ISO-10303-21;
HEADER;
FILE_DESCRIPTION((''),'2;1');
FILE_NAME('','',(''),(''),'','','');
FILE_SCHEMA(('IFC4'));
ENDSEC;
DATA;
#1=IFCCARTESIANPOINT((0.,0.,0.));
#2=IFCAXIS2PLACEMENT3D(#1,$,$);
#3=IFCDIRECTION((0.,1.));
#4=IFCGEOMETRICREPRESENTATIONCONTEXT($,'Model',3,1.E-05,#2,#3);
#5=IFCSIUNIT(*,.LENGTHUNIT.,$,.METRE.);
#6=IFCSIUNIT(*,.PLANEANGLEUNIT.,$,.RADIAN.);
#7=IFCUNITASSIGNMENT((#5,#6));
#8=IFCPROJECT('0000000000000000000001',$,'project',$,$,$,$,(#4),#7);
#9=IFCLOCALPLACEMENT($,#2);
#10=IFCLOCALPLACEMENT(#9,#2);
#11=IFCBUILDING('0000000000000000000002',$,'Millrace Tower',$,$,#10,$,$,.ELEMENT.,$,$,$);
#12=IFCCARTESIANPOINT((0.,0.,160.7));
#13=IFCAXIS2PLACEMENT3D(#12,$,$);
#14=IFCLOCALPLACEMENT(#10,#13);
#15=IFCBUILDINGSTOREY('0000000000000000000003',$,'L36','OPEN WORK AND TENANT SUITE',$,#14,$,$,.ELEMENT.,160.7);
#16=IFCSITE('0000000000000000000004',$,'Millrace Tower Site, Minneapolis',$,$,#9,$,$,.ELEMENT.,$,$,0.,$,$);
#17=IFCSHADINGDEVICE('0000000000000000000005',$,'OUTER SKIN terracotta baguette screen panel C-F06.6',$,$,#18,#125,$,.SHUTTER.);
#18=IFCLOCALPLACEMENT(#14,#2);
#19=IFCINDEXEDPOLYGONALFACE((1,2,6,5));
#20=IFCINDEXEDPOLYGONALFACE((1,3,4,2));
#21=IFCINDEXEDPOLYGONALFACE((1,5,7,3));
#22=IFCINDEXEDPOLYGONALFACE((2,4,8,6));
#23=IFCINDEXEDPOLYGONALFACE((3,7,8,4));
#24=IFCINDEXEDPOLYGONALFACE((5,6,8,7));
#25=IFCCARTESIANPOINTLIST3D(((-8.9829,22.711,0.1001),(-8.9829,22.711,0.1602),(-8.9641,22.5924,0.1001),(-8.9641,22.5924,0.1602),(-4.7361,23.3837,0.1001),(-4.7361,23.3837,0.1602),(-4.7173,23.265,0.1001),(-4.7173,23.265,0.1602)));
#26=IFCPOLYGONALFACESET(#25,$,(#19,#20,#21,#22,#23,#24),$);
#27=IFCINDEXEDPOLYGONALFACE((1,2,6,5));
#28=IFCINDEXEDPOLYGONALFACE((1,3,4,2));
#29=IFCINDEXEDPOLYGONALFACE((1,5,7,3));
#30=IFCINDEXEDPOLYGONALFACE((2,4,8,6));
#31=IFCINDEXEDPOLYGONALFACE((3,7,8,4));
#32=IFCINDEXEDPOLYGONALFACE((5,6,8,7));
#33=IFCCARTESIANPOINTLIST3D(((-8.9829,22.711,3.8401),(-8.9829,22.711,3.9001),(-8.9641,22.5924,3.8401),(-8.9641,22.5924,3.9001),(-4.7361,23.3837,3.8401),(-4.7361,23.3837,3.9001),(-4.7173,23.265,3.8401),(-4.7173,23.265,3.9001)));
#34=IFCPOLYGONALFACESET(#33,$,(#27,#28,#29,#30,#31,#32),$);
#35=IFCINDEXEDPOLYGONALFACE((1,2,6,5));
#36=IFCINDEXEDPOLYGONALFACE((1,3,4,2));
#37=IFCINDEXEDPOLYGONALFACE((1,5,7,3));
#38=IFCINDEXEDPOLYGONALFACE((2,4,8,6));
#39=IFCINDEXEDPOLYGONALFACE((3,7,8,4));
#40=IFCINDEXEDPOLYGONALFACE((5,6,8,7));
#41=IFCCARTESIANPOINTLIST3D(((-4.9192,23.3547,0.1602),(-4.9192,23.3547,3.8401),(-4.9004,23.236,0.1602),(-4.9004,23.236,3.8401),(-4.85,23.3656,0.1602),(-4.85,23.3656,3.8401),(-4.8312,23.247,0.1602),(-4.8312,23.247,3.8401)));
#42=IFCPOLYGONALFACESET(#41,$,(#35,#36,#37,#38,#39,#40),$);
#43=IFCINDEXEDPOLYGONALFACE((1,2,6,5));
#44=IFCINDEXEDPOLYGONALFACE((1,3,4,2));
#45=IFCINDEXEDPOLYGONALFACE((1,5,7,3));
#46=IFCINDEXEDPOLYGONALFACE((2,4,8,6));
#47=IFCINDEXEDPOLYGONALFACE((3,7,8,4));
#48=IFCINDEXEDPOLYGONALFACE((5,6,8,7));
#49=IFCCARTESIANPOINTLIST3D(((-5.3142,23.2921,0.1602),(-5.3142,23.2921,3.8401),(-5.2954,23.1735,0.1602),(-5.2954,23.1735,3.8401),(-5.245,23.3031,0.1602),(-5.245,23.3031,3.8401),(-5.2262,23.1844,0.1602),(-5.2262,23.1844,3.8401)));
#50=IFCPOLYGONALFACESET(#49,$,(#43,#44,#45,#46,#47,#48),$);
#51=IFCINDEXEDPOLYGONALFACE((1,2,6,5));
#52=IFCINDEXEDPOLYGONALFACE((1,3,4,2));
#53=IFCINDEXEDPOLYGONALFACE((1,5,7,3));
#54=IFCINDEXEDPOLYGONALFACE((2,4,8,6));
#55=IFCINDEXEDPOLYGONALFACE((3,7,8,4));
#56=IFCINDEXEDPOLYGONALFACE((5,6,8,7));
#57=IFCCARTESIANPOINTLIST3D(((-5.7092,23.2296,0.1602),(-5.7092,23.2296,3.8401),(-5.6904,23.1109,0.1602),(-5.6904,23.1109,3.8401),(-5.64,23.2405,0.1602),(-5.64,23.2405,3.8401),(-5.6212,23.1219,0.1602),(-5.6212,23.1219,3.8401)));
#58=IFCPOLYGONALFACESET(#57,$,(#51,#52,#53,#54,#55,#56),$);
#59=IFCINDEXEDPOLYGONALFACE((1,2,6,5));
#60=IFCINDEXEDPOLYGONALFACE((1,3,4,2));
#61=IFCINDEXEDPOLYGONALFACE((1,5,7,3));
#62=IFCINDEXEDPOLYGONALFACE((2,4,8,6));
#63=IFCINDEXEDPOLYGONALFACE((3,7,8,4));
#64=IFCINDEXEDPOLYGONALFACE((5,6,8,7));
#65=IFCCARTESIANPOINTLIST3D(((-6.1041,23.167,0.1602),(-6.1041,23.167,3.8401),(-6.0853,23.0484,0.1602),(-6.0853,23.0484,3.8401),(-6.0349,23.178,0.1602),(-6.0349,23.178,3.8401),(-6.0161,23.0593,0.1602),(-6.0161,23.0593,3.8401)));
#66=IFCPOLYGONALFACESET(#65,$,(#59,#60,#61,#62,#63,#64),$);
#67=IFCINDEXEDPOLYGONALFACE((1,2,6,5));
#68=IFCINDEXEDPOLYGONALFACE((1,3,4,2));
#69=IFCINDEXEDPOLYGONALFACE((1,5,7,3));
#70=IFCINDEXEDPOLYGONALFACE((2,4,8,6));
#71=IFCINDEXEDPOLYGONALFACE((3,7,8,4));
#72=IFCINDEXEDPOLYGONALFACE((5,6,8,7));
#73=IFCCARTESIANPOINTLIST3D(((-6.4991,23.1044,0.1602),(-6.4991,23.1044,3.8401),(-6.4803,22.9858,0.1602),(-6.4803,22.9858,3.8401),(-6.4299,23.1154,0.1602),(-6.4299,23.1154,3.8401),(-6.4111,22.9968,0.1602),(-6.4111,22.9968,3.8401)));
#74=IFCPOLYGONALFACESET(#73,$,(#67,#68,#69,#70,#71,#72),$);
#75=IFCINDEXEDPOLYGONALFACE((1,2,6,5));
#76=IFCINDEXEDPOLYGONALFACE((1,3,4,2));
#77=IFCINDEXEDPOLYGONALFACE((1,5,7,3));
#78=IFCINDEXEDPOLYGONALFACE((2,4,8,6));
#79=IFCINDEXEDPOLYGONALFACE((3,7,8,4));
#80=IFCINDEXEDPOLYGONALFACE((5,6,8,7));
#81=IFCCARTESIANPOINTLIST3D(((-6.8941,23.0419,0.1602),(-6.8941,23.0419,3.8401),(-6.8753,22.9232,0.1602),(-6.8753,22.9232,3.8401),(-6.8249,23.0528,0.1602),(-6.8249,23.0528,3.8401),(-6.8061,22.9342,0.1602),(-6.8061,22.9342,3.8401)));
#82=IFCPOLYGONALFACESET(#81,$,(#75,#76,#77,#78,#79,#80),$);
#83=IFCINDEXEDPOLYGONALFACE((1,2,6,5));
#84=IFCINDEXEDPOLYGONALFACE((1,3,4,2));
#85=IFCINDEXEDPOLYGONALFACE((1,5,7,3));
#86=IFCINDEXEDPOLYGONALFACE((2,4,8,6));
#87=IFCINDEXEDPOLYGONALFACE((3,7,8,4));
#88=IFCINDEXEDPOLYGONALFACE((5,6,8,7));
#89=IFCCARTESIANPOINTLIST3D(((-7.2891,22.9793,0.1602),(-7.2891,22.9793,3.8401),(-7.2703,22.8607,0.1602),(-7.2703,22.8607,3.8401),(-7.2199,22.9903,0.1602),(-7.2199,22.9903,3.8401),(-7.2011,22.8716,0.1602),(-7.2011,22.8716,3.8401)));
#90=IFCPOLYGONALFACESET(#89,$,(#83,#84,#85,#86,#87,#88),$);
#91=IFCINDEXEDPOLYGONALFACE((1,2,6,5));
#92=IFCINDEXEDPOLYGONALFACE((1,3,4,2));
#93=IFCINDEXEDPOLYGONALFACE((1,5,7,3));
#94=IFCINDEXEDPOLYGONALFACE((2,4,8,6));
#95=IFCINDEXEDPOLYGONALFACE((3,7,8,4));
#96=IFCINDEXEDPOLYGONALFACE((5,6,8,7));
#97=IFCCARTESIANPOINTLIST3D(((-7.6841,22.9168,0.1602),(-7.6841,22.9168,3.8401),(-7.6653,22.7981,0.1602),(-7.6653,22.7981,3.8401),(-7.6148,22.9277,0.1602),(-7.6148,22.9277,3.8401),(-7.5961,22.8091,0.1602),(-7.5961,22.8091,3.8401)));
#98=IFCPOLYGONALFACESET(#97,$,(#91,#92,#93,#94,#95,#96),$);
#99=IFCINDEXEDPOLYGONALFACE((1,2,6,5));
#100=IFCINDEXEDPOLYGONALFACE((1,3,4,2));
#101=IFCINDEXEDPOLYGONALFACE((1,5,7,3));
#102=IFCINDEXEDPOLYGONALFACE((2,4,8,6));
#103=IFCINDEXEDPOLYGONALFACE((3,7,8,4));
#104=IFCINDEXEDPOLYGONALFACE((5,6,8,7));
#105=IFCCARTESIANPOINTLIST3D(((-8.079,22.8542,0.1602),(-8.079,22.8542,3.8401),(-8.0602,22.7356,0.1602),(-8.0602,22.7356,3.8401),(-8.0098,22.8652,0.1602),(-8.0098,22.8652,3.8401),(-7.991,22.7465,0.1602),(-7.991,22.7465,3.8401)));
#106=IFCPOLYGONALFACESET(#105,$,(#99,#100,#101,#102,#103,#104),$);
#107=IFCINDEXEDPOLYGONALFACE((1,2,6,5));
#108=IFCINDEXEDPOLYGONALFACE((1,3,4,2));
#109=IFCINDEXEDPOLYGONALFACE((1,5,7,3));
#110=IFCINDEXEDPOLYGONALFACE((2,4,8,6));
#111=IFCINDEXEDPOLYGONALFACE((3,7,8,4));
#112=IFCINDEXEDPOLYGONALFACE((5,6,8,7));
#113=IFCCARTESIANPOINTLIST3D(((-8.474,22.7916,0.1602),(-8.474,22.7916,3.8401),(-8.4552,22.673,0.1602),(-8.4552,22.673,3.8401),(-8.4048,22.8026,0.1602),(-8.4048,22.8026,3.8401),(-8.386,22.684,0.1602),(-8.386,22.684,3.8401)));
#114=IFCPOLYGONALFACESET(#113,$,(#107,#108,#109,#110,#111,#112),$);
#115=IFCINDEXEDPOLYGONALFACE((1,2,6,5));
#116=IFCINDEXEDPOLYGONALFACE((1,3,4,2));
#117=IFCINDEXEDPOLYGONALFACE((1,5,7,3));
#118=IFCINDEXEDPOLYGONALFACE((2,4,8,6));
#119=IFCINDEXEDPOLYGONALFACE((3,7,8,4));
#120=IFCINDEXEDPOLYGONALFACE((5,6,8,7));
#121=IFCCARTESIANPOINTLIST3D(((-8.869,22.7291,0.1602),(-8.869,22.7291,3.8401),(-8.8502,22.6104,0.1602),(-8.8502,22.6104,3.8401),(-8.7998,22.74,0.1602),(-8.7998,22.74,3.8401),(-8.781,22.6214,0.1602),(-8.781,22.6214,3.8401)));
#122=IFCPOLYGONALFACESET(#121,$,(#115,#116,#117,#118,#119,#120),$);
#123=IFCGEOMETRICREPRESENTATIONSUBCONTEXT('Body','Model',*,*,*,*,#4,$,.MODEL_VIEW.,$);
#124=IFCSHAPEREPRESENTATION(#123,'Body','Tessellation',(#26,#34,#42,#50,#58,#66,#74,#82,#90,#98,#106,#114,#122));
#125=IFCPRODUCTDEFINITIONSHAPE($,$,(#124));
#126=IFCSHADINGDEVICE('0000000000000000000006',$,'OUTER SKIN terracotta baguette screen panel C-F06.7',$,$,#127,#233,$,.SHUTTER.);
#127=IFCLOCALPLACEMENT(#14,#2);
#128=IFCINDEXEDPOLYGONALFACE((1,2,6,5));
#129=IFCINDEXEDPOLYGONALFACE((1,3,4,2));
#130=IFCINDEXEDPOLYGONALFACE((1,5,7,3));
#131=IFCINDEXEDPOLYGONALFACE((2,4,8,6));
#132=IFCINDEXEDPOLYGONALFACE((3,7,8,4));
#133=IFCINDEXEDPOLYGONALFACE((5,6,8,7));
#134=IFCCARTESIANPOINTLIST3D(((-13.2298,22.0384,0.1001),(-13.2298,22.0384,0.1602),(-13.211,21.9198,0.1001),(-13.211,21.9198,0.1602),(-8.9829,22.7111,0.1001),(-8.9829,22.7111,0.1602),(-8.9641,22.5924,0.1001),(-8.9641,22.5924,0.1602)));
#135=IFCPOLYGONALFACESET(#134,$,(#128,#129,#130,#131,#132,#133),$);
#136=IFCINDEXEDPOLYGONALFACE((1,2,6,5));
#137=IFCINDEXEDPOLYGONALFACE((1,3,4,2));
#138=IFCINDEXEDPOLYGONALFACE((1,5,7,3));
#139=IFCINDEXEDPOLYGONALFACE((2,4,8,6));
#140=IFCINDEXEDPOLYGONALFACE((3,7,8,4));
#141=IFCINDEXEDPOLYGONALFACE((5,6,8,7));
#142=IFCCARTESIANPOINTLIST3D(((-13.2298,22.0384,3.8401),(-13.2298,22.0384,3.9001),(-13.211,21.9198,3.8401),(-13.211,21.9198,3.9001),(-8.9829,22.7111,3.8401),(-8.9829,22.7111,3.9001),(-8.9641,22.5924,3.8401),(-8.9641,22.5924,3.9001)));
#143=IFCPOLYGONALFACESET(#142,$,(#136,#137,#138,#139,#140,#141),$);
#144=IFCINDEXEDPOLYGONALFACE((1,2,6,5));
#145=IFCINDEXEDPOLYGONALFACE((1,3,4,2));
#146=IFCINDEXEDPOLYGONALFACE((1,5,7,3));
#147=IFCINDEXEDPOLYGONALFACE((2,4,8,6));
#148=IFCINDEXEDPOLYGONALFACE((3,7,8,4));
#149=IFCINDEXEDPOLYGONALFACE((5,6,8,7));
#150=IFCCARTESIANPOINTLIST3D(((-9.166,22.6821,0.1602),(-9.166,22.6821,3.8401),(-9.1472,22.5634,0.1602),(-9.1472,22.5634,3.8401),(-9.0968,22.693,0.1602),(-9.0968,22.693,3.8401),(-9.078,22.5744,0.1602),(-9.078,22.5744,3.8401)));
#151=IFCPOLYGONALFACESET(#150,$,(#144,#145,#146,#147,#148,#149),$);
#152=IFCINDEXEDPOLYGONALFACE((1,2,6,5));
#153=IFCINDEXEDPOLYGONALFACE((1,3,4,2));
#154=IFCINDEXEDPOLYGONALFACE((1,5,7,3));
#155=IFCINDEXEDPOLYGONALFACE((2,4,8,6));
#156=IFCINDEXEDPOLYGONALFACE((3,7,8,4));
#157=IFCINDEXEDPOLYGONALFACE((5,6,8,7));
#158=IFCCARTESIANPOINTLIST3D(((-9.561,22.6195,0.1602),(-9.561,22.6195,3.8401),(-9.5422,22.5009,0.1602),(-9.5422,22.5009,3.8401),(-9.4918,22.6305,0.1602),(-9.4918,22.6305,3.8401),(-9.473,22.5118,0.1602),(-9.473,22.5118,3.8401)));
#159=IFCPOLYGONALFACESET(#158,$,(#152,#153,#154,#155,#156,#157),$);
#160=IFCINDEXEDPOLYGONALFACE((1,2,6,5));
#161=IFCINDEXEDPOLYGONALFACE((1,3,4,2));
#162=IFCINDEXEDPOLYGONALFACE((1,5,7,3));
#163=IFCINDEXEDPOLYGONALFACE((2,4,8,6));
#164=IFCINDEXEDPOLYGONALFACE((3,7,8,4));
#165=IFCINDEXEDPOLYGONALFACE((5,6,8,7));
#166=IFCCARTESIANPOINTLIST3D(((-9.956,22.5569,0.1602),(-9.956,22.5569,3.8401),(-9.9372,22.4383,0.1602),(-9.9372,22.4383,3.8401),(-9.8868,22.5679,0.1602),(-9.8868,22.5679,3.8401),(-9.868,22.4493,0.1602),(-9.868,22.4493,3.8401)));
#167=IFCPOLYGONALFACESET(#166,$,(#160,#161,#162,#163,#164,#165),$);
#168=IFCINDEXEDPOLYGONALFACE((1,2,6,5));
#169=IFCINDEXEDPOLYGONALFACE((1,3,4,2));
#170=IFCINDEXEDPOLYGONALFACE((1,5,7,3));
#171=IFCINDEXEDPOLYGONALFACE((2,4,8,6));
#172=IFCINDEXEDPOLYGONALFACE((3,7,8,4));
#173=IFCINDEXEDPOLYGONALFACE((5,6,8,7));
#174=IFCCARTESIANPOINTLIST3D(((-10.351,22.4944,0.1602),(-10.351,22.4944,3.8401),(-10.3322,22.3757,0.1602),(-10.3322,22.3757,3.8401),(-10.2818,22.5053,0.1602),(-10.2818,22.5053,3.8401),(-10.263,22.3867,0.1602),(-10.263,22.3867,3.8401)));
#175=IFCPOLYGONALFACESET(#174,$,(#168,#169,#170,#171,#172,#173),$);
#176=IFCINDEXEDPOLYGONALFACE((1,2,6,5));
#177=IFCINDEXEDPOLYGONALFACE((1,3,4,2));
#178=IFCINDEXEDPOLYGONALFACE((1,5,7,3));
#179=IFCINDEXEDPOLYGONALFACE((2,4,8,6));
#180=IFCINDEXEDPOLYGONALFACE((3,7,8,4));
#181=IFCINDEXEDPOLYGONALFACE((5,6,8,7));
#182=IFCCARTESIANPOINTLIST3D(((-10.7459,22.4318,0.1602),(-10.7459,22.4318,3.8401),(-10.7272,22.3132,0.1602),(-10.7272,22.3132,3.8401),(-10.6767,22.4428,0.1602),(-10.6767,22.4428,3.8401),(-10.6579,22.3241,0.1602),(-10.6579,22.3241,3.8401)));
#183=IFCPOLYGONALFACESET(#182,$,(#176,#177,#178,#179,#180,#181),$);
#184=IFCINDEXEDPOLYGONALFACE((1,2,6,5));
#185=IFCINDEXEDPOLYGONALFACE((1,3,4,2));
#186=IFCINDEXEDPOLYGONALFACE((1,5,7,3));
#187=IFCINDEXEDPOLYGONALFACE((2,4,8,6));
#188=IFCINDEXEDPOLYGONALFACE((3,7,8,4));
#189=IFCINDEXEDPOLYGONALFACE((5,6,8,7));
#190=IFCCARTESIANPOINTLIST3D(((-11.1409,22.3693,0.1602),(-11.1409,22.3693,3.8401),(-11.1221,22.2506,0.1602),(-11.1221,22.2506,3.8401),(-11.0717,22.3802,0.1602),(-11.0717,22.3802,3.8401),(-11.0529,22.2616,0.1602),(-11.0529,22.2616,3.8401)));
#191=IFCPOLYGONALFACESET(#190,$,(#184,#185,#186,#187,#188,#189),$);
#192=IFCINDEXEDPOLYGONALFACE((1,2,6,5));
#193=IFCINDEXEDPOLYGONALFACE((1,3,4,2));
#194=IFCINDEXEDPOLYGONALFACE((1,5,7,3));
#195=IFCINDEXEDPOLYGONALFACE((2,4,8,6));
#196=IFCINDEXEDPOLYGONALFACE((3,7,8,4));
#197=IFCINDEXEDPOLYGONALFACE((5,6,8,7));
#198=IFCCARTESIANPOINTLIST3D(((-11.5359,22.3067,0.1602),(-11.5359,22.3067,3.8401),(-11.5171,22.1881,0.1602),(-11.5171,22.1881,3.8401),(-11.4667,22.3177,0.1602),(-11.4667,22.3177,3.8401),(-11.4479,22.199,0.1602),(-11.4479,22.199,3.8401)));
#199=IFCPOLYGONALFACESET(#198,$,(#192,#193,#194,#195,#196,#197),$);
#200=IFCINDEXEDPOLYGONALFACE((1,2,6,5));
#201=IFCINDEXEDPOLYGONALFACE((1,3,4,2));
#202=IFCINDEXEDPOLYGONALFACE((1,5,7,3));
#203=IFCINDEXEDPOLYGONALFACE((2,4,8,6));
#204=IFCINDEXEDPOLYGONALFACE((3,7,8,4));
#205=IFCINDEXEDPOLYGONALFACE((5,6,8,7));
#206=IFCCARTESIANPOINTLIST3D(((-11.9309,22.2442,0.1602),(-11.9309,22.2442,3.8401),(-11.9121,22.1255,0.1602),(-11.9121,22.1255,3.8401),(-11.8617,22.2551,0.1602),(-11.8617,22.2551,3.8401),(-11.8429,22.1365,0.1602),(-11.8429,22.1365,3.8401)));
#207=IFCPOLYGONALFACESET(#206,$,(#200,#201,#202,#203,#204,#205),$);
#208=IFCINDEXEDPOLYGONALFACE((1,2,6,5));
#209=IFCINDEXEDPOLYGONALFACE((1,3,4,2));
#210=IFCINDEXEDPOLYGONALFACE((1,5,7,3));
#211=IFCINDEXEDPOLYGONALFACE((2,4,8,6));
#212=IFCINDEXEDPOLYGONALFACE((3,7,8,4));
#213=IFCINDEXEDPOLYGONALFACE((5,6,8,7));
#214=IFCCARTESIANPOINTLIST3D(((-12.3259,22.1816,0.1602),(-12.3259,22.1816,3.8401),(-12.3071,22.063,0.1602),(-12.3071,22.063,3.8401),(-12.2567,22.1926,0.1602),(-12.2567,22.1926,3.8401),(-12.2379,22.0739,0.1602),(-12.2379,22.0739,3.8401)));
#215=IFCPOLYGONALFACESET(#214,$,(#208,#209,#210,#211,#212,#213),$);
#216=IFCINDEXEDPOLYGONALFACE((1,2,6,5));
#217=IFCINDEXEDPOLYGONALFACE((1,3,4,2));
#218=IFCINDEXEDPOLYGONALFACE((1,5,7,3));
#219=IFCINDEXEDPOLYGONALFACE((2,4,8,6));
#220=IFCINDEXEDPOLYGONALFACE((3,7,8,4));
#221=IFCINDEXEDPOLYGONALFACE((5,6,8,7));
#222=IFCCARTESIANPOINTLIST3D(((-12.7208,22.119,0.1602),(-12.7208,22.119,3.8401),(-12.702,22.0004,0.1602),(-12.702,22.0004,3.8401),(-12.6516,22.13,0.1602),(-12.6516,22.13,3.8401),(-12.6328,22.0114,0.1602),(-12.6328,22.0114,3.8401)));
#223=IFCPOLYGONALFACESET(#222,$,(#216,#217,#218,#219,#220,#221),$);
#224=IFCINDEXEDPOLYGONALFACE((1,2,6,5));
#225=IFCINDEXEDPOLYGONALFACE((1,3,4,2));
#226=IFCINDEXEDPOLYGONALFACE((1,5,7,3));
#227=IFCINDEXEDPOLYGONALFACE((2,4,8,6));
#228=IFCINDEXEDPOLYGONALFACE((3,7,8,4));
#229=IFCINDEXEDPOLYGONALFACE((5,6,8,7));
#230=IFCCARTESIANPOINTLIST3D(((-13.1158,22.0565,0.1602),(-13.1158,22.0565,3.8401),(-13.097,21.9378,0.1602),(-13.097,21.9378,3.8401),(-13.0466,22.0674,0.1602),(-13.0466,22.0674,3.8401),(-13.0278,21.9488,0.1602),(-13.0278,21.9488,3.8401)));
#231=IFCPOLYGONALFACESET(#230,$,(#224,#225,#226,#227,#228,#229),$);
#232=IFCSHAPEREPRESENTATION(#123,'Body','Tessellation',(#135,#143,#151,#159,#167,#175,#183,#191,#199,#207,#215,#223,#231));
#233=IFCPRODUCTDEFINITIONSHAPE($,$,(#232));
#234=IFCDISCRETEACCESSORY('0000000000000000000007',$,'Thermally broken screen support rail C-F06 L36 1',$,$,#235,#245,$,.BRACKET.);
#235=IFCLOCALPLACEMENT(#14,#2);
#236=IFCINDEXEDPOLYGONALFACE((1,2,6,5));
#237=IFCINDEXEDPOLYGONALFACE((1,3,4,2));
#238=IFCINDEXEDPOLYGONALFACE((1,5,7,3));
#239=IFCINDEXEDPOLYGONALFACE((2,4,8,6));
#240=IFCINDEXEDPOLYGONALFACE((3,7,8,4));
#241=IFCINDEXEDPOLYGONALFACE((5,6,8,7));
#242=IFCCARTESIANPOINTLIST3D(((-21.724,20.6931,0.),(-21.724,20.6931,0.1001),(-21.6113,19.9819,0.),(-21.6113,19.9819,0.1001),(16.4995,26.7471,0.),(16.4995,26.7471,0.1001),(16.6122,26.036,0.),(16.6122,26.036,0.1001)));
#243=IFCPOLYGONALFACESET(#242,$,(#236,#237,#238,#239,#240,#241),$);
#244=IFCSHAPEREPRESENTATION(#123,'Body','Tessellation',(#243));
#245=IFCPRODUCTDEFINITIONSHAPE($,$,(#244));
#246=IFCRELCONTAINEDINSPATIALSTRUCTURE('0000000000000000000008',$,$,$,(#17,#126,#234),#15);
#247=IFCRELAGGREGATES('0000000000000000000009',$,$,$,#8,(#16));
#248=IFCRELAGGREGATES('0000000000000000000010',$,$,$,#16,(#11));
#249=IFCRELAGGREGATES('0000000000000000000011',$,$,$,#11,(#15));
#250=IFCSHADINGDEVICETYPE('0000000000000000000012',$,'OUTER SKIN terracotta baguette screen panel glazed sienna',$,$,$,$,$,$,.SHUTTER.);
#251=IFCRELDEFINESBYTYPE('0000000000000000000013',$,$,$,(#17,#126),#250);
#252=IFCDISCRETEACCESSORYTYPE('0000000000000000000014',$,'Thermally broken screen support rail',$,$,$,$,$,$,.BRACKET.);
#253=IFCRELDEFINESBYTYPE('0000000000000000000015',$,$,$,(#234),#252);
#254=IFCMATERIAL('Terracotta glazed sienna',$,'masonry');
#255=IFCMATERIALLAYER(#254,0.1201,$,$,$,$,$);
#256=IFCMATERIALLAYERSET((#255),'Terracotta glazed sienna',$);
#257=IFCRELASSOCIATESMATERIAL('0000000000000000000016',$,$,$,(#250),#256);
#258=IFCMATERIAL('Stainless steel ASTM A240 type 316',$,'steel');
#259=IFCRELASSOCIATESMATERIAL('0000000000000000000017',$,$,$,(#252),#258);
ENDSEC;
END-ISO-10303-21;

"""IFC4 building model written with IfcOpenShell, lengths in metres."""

from ifc_helpers import new_model, entity, si_unit, direction, frame, frame_2d, origin, origin_2d, place, context, subcontext, project, spatial, rectangle, extrude, source, transform, mapped, material, layer, layer_set, type_object, element, save


model = new_model("IFC4")

# Units and contexts
model_context = context("Model", 3, precision=1e-05, world=origin(), true_north=direction((0.0, 1.0)))
body_context = subcontext(model_context, "Body", "Model", "MODEL_VIEW")
ifc_project = project(units=[si_unit("LENGTHUNIT", "METRE"), si_unit("PLANEANGLEUNIT", "RADIAN")], contexts=[model_context])

# Site, building, storey
site_placement = place(None, origin())
site = spatial("IfcSite", under=ifc_project, at=site_placement, Name="Millrace Tower Site, Minneapolis", CompositionType="ELEMENT", RefElevation=0.0)
building_placement = place(site_placement, origin())
building = spatial("IfcBuilding", under=site, at=building_placement, Name="Millrace Tower", CompositionType="ELEMENT")
storey_placement = place(building_placement, frame((0.0, 0.0, 160.7)))
storey = spatial("IfcBuildingStorey", under=building, at=storey_placement, Name="L36", Description="OPEN WORK AND TENANT SUITE", CompositionType="ELEMENT", Elevation=160.7)

# Shading devices
ifc_material_1 = material(Name="Terracotta glazed sienna", Category="masonry")
ifc_layer_1 = layer(ifc_material_1, 0.1201)
ifc_layer_set_1 = layer_set([ifc_layer_1], Name="Terracotta glazed sienna")
shading_device_type = type_object("IfcShadingDeviceType", Name="OUTER SKIN terracotta baguette screen panel glazed sienna", PredefinedType="SHUTTER", material=ifc_layer_set_1)
cartesian_point = entity("IfcCartesianPoint", [-2.1499, 0.0601])
shared_polyline = entity("IfcPolyline", [cartesian_point, entity("IfcCartesianPoint", [2.1499, 0.0601]), entity("IfcCartesianPoint", [2.1499, -0.0601]), entity("IfcCartesianPoint", [-2.1499, -0.0601]), cartesian_point])
shared_shape = source(origin(), body_context, "Body", "SweptSolid", [
    entity("IfcExtrudedAreaSolid", entity("IfcArbitraryClosedProfileDef", "AREA", None, shared_polyline), entity("IfcAxis2Placement3D", entity("IfcCartesianPoint", [0.0, 0.0, 0.0])), entity("IfcDirection", [0.0, 0.0, 1.0]), 0.0601),
    entity("IfcExtrudedAreaSolid", entity("IfcArbitraryClosedProfileDef", "AREA", None, shared_polyline), entity("IfcAxis2Placement3D", entity("IfcCartesianPoint", [0.0, 0.0, 3.74])), entity("IfcDirection", [0.0, 0.0, 1.0]), 0.0601),
    extrude(rectangle(XDim=0.0701, YDim=0.1201, at=frame_2d((-1.9995, 0.0))), frame((0.0, 0.0, 0.0601)), (0.0, 0.0, 1.0), 3.6799),
    extrude(rectangle(XDim=0.0701, YDim=0.1201, at=frame_2d((-1.5996, 0.0))), frame((0.0, 0.0, 0.0601)), (0.0, 0.0, 1.0), 3.6799),
    extrude(rectangle(XDim=0.0701, YDim=0.1201, at=frame_2d((-1.1997, 0.0))), frame((0.0, 0.0, 0.0601)), (0.0, 0.0, 1.0), 3.6799),
    extrude(rectangle(XDim=0.0701, YDim=0.1201, at=frame_2d((-0.7998, 0.0))), frame((0.0, 0.0, 0.0601)), (0.0, 0.0, 1.0), 3.6799),
    extrude(rectangle(XDim=0.0701, YDim=0.1201, at=frame_2d((-0.3999, 0.0))), frame((0.0, 0.0, 0.0601)), (0.0, 0.0, 1.0), 3.6799),
    extrude(rectangle(XDim=0.0701, YDim=0.1201, at=origin_2d()), frame((0.0, 0.0, 0.0601)), (0.0, 0.0, 1.0), 3.6799),
    extrude(rectangle(XDim=0.0701, YDim=0.1201, at=frame_2d((0.3999, 0.0))), frame((0.0, 0.0, 0.0601)), (0.0, 0.0, 1.0), 3.6799),
    extrude(rectangle(XDim=0.0701, YDim=0.1201, at=frame_2d((0.7998, 0.0))), frame((0.0, 0.0, 0.0601)), (0.0, 0.0, 1.0), 3.6799),
    extrude(rectangle(XDim=0.0701, YDim=0.1201, at=frame_2d((1.1997, 0.0))), frame((0.0, 0.0, 0.0601)), (0.0, 0.0, 1.0), 3.6799),
    extrude(rectangle(XDim=0.0701, YDim=0.1201, at=frame_2d((1.5996, 0.0))), frame((0.0, 0.0, 0.0601)), (0.0, 0.0, 1.0), 3.6799),
    extrude(rectangle(XDim=0.0701, YDim=0.1201, at=frame_2d((1.9995, 0.0))), frame((0.0, 0.0, 0.0601)), (0.0, 0.0, 1.0), 3.6799),
])
for number, where, z_axis, x_axis, name in (
    (1, (-6.8501, 22.988, 0.1001), (0.0, 0.0, 1.0), (-0.987688, -0.156434, 0.0), "OUTER SKIN terracotta baguette screen panel C-F06.6"),
    (2, (-11.0969, 22.3154, 0.1001), (0.0, 0.0, 1.0), (-0.987688, -0.156434, 0.0), "OUTER SKIN terracotta baguette screen panel C-F06.7"),
):
    element("IfcShadingDevice", number, at=place(storey_placement, frame(where, z_axis=z_axis, x_axis=x_axis)), inside=storey, type_object=shading_device_type, Name=name, PredefinedType="SHUTTER", context=body_context, shape_type="MappedRepresentation", body=[
        mapped(shared_shape, transform((0.0, 0.0, 0.0), scale=1.0)),
    ])

# Discrete accessory
ifc_material_2 = material(Name="Stainless steel ASTM A240 type 316", Category="steel")
discrete_accessory_type = type_object("IfcDiscreteAccessoryType", Name="Thermally broken screen support rail", PredefinedType="BRACKET", material=ifc_material_2)
discrete_accessory_placement = place(storey_placement, frame((-2.5559, 23.3645, 0.0), z_axis=(0.0, 0.0, 1.0), x_axis=(-0.987688, -0.156434, 0.0)))
element("IfcDiscreteAccessory", 3, at=discrete_accessory_placement, inside=storey, type_object=discrete_accessory_type, Name="Thermally broken screen support rail C-F06 L36 1", PredefinedType="BRACKET", context=body_context, shape_type="SweptSolid", body=[
    extrude(rectangle(XDim=38.7, YDim=0.72, at=origin_2d()), origin(), (0.0, 0.0, 1.0), 0.1001),
])

save(model, "model.ifc")
